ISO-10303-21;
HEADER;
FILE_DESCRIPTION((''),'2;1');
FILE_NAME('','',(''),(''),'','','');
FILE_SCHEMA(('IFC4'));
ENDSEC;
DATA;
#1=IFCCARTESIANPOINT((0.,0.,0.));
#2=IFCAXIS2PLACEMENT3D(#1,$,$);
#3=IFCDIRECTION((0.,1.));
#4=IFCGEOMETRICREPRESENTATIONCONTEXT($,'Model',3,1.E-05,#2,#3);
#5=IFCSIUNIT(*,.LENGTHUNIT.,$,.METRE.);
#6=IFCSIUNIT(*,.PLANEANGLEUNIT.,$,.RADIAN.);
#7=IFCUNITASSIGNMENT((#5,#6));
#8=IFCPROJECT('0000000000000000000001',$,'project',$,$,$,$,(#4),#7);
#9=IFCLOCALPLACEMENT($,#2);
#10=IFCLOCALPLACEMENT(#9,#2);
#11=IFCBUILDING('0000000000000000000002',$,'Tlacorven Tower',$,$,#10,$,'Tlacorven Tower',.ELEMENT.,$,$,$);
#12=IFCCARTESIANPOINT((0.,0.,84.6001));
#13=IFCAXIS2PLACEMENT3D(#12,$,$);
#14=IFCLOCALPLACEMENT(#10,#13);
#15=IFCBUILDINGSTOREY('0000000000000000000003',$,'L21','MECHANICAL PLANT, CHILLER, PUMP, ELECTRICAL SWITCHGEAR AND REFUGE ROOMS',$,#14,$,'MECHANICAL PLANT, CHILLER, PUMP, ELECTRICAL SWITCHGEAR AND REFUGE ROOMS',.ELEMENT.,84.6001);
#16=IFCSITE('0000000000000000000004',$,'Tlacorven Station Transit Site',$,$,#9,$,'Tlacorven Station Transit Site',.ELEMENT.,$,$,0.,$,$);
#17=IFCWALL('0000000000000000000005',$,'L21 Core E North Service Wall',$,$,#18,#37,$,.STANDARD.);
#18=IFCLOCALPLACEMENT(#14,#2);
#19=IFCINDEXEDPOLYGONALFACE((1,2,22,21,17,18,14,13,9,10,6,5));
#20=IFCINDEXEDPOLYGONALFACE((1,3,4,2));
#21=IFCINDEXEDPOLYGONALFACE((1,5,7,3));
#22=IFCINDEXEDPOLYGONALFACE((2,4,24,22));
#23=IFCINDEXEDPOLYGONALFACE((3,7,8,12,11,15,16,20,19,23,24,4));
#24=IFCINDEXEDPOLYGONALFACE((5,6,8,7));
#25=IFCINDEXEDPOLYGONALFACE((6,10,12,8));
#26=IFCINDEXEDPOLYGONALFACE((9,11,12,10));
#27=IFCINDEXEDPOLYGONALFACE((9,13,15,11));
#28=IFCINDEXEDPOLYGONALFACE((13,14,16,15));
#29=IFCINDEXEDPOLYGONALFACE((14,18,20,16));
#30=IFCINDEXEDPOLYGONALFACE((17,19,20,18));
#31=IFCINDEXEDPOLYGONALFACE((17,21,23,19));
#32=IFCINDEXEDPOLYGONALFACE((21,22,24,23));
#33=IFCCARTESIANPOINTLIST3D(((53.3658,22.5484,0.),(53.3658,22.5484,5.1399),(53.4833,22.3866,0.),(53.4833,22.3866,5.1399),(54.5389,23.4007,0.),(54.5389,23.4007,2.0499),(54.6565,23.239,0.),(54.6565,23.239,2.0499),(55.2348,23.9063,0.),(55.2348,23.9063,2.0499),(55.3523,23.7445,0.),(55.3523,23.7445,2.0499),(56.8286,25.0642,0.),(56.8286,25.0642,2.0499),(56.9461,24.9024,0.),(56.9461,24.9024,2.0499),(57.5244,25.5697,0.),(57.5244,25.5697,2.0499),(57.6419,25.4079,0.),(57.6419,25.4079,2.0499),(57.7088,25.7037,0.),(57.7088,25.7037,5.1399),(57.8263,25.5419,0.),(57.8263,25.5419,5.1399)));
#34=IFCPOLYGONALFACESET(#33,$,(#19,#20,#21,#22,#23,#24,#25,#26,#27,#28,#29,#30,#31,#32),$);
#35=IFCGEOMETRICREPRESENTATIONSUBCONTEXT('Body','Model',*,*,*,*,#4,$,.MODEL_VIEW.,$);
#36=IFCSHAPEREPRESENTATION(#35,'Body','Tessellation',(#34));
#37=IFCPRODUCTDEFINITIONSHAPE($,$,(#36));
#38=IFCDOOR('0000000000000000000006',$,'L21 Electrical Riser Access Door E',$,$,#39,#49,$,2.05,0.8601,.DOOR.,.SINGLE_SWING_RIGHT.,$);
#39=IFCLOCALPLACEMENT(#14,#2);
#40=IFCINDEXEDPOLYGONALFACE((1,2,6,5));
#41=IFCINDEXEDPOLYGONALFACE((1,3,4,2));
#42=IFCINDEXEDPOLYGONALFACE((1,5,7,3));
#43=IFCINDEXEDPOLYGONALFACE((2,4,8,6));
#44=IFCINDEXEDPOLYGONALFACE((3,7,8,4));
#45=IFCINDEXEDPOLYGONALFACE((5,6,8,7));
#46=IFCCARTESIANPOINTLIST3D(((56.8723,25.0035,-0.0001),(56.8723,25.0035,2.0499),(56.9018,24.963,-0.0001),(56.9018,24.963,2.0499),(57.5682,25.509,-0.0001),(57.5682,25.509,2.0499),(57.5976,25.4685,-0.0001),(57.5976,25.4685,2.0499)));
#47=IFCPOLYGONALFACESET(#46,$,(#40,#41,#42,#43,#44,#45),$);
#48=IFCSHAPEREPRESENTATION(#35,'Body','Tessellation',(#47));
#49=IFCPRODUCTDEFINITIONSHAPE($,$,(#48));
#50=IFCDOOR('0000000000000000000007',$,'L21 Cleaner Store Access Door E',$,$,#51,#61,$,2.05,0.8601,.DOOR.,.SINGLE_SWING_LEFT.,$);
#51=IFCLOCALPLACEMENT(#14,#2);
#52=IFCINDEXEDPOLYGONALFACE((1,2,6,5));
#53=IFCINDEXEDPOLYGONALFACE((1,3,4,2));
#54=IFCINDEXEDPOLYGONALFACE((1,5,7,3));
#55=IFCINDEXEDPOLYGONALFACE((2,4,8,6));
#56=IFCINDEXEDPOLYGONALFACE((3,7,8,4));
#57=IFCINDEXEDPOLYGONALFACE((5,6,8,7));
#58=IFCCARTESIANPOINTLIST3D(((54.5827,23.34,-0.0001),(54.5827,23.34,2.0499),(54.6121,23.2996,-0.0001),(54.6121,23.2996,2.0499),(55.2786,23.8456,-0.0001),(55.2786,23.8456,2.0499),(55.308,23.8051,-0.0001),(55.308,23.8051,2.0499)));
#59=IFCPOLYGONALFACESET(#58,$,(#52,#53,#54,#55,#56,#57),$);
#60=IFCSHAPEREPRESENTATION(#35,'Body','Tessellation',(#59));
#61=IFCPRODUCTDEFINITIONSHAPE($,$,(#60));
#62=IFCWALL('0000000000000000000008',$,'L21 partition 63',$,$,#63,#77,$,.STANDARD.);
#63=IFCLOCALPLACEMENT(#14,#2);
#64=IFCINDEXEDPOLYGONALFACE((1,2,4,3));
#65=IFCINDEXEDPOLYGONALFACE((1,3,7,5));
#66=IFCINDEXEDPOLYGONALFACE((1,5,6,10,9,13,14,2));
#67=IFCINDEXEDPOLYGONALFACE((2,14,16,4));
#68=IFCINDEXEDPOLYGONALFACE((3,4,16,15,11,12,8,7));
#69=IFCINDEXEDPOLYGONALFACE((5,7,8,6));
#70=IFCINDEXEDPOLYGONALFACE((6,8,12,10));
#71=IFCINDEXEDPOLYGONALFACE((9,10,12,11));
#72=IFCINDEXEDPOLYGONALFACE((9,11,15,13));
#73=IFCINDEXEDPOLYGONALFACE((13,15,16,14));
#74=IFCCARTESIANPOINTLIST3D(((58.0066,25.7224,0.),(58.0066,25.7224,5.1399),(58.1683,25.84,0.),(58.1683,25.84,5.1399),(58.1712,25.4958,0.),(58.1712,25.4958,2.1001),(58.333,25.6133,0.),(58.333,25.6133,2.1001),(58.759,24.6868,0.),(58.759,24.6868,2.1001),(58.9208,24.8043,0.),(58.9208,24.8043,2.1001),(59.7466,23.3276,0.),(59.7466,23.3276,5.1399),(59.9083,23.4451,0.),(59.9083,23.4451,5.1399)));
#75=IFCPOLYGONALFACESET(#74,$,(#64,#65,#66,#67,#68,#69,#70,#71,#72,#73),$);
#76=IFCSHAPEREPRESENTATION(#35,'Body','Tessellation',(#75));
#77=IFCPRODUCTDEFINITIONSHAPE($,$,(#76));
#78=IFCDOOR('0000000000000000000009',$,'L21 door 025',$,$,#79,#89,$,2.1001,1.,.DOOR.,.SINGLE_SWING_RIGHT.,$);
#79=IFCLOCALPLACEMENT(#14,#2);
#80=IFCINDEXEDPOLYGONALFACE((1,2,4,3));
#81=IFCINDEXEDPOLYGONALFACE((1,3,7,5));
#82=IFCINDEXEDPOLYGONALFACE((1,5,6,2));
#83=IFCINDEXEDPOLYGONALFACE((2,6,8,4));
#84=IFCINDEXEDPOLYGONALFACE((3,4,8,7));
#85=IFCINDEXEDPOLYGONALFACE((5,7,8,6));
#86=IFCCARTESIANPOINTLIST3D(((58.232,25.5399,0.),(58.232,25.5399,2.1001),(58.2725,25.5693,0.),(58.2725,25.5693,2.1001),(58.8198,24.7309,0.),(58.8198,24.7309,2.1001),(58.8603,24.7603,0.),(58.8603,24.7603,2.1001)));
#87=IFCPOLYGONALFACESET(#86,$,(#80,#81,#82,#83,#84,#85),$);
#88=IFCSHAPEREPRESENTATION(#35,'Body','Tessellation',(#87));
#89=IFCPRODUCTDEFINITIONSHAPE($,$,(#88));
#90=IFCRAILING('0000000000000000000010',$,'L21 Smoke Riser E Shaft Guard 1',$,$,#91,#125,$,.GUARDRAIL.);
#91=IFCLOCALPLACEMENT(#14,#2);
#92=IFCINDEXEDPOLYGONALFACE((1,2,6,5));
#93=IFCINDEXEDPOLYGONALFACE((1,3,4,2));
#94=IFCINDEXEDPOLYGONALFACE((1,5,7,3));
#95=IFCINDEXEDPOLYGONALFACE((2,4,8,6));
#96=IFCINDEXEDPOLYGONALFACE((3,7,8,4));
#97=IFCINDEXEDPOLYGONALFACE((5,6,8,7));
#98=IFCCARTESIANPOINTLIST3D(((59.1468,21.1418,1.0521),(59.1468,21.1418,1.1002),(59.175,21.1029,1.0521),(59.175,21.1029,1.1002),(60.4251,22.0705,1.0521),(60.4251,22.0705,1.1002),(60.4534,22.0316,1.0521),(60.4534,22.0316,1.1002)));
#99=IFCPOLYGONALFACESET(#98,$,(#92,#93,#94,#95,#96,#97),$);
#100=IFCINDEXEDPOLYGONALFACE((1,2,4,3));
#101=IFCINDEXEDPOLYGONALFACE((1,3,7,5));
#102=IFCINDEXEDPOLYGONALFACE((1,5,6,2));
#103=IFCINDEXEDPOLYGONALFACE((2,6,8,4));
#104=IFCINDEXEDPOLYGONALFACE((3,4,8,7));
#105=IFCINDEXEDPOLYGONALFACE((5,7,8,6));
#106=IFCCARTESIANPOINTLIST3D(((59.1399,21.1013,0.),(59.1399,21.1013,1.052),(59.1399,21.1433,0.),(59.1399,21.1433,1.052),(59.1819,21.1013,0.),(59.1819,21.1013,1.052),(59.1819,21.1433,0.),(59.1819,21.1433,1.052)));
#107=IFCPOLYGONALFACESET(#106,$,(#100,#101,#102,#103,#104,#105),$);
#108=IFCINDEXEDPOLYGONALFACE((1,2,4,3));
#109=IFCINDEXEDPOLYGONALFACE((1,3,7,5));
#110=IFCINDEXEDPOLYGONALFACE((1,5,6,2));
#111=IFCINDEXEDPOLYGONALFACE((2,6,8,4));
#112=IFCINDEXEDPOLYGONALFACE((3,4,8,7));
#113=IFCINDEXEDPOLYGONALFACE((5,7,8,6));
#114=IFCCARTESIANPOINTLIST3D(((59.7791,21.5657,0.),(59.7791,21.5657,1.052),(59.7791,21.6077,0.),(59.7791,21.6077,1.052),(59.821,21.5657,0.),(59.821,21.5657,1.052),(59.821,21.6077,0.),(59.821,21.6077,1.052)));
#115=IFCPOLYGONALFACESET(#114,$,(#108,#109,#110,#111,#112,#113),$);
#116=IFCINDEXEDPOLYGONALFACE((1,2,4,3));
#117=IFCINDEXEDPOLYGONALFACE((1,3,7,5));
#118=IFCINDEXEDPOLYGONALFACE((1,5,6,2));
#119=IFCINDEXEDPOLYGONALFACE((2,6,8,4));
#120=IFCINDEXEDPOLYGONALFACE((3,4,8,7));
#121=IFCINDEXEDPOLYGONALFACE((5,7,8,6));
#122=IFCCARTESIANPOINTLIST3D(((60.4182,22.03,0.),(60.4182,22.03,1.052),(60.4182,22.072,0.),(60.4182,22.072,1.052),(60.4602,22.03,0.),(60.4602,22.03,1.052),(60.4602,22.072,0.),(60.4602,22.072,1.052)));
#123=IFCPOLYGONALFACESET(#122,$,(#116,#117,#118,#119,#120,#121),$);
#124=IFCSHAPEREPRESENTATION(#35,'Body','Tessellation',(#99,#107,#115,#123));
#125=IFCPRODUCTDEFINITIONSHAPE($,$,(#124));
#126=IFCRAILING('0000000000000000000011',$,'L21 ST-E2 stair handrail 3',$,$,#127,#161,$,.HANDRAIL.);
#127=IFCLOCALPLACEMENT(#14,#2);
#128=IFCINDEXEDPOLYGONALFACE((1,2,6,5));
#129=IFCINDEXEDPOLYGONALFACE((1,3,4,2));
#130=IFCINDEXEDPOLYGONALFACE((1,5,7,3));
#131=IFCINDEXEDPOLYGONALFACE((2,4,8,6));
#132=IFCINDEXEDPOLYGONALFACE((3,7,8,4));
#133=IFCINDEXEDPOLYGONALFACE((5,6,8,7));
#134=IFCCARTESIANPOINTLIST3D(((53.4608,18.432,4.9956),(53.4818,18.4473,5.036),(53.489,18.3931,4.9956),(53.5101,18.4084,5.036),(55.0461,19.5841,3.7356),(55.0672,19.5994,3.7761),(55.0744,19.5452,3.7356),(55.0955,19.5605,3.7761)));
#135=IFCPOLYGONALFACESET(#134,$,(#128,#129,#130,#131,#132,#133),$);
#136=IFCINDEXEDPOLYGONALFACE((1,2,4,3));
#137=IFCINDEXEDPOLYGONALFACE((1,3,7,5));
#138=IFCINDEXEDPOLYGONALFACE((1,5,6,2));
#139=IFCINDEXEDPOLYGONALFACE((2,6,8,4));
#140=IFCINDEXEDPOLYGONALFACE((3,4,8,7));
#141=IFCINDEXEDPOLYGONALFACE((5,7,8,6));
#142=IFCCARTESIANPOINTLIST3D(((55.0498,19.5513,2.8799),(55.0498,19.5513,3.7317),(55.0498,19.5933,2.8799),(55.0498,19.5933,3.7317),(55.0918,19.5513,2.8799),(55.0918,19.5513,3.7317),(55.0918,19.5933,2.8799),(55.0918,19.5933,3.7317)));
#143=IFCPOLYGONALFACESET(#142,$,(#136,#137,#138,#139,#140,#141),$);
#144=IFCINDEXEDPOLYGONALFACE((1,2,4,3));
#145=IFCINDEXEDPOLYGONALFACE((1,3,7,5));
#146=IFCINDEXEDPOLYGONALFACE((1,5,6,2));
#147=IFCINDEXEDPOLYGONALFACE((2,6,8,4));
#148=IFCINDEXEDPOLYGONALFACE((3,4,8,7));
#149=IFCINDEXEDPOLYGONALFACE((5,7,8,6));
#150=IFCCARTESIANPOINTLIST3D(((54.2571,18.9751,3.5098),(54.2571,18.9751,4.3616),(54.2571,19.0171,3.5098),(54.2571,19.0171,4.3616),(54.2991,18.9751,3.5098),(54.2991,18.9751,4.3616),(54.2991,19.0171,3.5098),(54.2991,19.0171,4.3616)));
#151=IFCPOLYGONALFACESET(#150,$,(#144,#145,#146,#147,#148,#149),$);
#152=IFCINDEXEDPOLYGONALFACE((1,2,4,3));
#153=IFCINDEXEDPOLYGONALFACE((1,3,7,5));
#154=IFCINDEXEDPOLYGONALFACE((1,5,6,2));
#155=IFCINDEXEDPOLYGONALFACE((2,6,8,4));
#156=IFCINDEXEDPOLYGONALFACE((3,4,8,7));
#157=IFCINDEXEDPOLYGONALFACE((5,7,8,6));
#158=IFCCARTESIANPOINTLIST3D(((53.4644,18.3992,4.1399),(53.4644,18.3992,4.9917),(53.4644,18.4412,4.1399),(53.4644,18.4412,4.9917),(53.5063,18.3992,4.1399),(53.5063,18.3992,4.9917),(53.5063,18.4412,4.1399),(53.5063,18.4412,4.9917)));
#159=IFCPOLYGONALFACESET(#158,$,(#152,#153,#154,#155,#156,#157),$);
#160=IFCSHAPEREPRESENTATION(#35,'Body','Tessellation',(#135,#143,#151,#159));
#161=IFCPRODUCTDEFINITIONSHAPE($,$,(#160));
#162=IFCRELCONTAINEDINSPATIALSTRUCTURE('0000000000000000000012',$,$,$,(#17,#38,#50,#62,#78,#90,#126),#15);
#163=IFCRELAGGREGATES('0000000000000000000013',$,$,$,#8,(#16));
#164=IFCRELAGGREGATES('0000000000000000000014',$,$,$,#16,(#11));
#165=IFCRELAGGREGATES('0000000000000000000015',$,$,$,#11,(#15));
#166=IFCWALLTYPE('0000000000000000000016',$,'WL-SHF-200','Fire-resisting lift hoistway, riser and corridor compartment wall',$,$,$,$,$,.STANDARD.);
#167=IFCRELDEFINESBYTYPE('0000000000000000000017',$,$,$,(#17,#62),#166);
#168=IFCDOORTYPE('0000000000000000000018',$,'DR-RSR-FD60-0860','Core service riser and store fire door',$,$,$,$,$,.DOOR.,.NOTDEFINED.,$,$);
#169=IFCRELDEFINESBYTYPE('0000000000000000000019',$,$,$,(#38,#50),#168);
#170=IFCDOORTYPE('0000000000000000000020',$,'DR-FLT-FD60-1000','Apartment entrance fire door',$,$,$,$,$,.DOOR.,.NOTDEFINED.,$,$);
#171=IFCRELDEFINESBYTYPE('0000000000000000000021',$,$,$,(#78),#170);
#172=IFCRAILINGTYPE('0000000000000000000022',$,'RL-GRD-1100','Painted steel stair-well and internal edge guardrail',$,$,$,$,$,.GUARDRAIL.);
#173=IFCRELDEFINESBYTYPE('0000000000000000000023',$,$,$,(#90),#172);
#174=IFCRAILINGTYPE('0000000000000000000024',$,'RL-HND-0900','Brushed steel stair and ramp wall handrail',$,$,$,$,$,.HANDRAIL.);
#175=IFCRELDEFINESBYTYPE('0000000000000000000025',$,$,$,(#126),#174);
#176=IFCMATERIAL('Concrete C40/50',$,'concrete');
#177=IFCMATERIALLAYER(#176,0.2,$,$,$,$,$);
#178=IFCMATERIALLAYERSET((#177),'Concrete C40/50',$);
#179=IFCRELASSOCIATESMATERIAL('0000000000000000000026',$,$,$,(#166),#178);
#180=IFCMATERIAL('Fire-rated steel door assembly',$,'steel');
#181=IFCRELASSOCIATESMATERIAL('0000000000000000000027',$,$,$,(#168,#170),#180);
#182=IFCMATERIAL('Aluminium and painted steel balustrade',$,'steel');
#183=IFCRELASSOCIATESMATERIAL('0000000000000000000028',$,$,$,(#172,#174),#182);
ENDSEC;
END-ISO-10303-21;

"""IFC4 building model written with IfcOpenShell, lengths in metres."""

from ifc_helpers import new_model, si_unit, direction, frame, frame_2d, origin, origin_2d, place, context, subcontext, project, spatial, rectangle, extrude, source, transform, mapped, material, layer, layer_set, type_object, element, fill, save


model = new_model("IFC4")

# Units and contexts
model_context = context("Model", 3, precision=1e-05, world=origin(), true_north=direction((0.0, 1.0)))
body_context = subcontext(model_context, "Body", "Model", "MODEL_VIEW")
ifc_project = project(units=[si_unit("LENGTHUNIT", "METRE"), si_unit("PLANEANGLEUNIT", "RADIAN")], contexts=[model_context])

# Site, building, storey
site_placement = place(None, origin())
site = spatial("IfcSite", under=ifc_project, at=site_placement, Name="Tlacorven Station Transit Site", LongName="Tlacorven Station Transit Site", CompositionType="ELEMENT", RefElevation=0.0)
building_placement = place(site_placement, origin())
building = spatial("IfcBuilding", under=site, at=building_placement, Name="Tlacorven Tower", LongName="Tlacorven Tower", CompositionType="ELEMENT")
storey_placement = place(building_placement, frame((0.0, 0.0, 84.6001)))
storey = spatial("IfcBuildingStorey", under=building, at=storey_placement, Name="L21", Description="MECHANICAL PLANT, CHILLER, PUMP, ELECTRICAL SWITCHGEAR AND REFUGE ROOMS", LongName="MECHANICAL PLANT, CHILLER, PUMP, ELECTRICAL SWITCHGEAR AND REFUGE ROOMS", CompositionType="ELEMENT", Elevation=84.6001)

# Shared definitions
ifc_material_1 = material(Name="Concrete C40/50", Category="concrete")
ifc_layer_1 = layer(ifc_material_1, 0.2)
ifc_layer_set_1 = layer_set([ifc_layer_1], Name="Concrete C40/50")
wall_type_1 = type_object("IfcWallType", Name="WL-SHF-200", Description="Fire-resisting lift hoistway, riser and corridor compartment wall", PredefinedType="STANDARD", material=ifc_layer_set_1)
ifc_material_2 = material(Name="Fire-rated steel door assembly", Category="steel")
door_type_1 = type_object("IfcDoorType", Name="DR-RSR-FD60-0860", Description="Core service riser and store fire door", OperationType="NOTDEFINED", PredefinedType="DOOR", material=ifc_material_2)
shared_shape_1 = source(origin(), body_context, "Body", "SweptSolid", [
    extrude(rectangle(XDim=0.8601, YDim=2.05, at=frame_2d((0.4302, 1.0249))), frame((0.0, 0.0249, 0.0), z_axis=(0.0, -1.0, 0.0), x_axis=(1.0, 0.0, 0.0)), (0.0, 0.0, 1.0), 0.05),
])

# Wall, openings, doors
wall_1_placement = place(storey_placement, frame((53.4246, 22.4675, 0.0), z_axis=(0.0, 0.0, 1.0), x_axis=(0.809027, 0.587771, 0.0)))
wall_1 = element("IfcWall", 1, at=wall_1_placement, inside=storey, type_object=wall_type_1, Name="L21 Core E North Service Wall", PredefinedType="STANDARD", context=body_context, shape_type="SweptSolid", body=[
    extrude(rectangle(XDim=5.3682, YDim=0.2, at=frame_2d((2.6841, 0.0))), origin(), (0.0, 0.0, 1.0), 5.1399),
])
opening_1_placement = place(wall_1_placement, frame((4.28, 0.0, 0.0)))
opening_1 = element("IfcOpeningElement", 2, at=opening_1_placement, cuts=wall_1, PredefinedType="OPENING", context=body_context, shape_type="SweptSolid", body=[
    extrude(rectangle(XDim=0.8601, YDim=2.05, at=frame_2d((0.4302, 1.0249))), frame((0.0, 0.1099, 0.0), z_axis=(0.0, -1.0, 0.0), x_axis=(1.0, 0.0, 0.0)), (0.0, 0.0, 1.0), 0.22),
])
opening_2_placement = place(wall_1_placement, frame((1.45, 0.0, 0.0)))
opening_2 = element("IfcOpeningElement", 3, at=opening_2_placement, cuts=wall_1, PredefinedType="OPENING", context=body_context, shape_type="SweptSolid", body=[
    extrude(rectangle(XDim=0.8601, YDim=2.05, at=frame_2d((0.4302, 1.0249))), frame((0.0, 0.1099, 0.0), z_axis=(0.0, -1.0, 0.0), x_axis=(1.0, 0.0, 0.0)), (0.0, 0.0, 1.0), 0.22),
])
door_1_placement = place(opening_1_placement, frame((0.8601, 0.0, 0.0), z_axis=(0.0, 0.0, 1.0), x_axis=(-1.0, 0.0, 0.0)))
door_1 = element("IfcDoor", 4, at=door_1_placement, inside=storey, type_object=door_type_1, Name="L21 Electrical Riser Access Door E", OperationType="SINGLE_SWING_RIGHT", OverallHeight=2.05, OverallWidth=0.8601, PredefinedType="DOOR", context=body_context, shape_type="MappedRepresentation", body=[
    mapped(shared_shape_1, transform((0.0, 0.0, 0.0), scale=1.0)),
])
fill(opening_1, door_1)
door_2_placement = place(opening_2_placement, frame((0.8601, 0.0, 0.0), z_axis=(0.0, 0.0, 1.0), x_axis=(-1.0, 0.0, 0.0)))
door_2 = element("IfcDoor", 5, at=door_2_placement, inside=storey, type_object=door_type_1, Name="L21 Cleaner Store Access Door E", OperationType="SINGLE_SWING_LEFT", OverallHeight=2.05, OverallWidth=0.8601, PredefinedType="DOOR", context=body_context, shape_type="MappedRepresentation", body=[
    mapped(shared_shape_1, transform((0.0, 0.0, 0.0), scale=1.0)),
])
fill(opening_2, door_2)

# Wall, opening, door
wall_2_placement = place(storey_placement, frame((59.8274, 23.3865, 0.0), z_axis=(0.0, 0.0, 1.0), x_axis=(-0.587804, 0.809003, 0.0)))
wall_2 = element("IfcWall", 6, at=wall_2_placement, inside=storey, type_object=wall_type_1, Name="L21 partition 63", PredefinedType="STANDARD", context=body_context, shape_type="SweptSolid", body=[
    extrude(rectangle(XDim=2.9602, YDim=0.2, at=frame_2d((1.48, 0.0))), origin(), (0.0, 0.0, 1.0), 5.1399),
])
opening_3_placement = place(wall_2_placement, frame((1.6799, 0.0, 0.0)))
opening_3 = element("IfcOpeningElement", 7, at=opening_3_placement, cuts=wall_2, PredefinedType="OPENING", context=body_context, shape_type="SweptSolid", body=[
    extrude(rectangle(XDim=1.0, YDim=2.1001, at=frame_2d((0.5, 1.05))), frame((0.0, 0.1099, 0.0), z_axis=(0.0, -1.0, 0.0), x_axis=(1.0, 0.0, 0.0)), (0.0, 0.0, 1.0), 0.22),
])
door_type_2 = type_object("IfcDoorType", Name="DR-FLT-FD60-1000", Description="Apartment entrance fire door", OperationType="NOTDEFINED", PredefinedType="DOOR", material=ifc_material_2)
shared_shape_2 = source(origin(), body_context, "Body", "SweptSolid", [
    extrude(rectangle(XDim=1.0, YDim=2.1001, at=frame_2d((0.5, 1.05))), frame((0.0, 0.0249, 0.0), z_axis=(0.0, -1.0, 0.0), x_axis=(1.0, 0.0, 0.0)), (0.0, 0.0, 1.0), 0.05),
])
door_3_placement = place(opening_3_placement, origin())
door_3 = element("IfcDoor", 8, at=door_3_placement, inside=storey, type_object=door_type_2, Name="L21 door 025", OperationType="SINGLE_SWING_RIGHT", OverallHeight=2.1001, OverallWidth=1.0, PredefinedType="DOOR", context=body_context, shape_type="MappedRepresentation", body=[
    mapped(shared_shape_2, transform((0.0, 0.0, 0.0), scale=1.0)),
])
fill(opening_3, door_3)

# Railings
ifc_material_3 = material(Name="Aluminium and painted steel balustrade", Category="steel")
railing_type_1 = type_object("IfcRailingType", Name="RL-GRD-1100", Description="Painted steel stair-well and internal edge guardrail", PredefinedType="GUARDRAIL", material=ifc_material_3)
shared_shape_3 = source(origin(), body_context, "Body", "SweptSolid", [
    extrude(rectangle(XDim=0.0481, YDim=0.0481, at=origin_2d()), frame((0.0, 0.0, 1.0762), z_axis=(0.80903, 0.587767, 0.0), x_axis=(-0.587767, 0.80903, 0.0)), (0.0, 0.0, 1.0), 1.5801),
    extrude(rectangle(XDim=0.042, YDim=0.042, at=origin_2d()), origin(), (0.0, 0.0, 1.0), 1.052),
    extrude(rectangle(XDim=0.042, YDim=0.042, at=origin_2d()), frame((0.6392, 0.4644, 0.0)), (0.0, 0.0, 1.0), 1.052),
    extrude(rectangle(XDim=0.042, YDim=0.042, at=origin_2d()), frame((1.2783, 0.9287, 0.0)), (0.0, 0.0, 1.0), 1.052),
])
railing_1_placement = place(storey_placement, frame((59.1609, 21.1223, 0.0)))
element("IfcRailing", 9, at=railing_1_placement, inside=storey, type_object=railing_type_1, Name="L21 Smoke Riser E Shaft Guard 1", PredefinedType="GUARDRAIL", context=body_context, shape_type="MappedRepresentation", body=[
    mapped(shared_shape_3, transform((0.0, 0.0, 0.0), scale=1.0)),
])
railing_type_2 = type_object("IfcRailingType", Name="RL-HND-0900", Description="Brushed steel stair and ramp wall handrail", PredefinedType="HANDRAIL", material=ifc_material_3)
shared_shape_4 = source(origin(), body_context, "Body", "SweptSolid", [
    extrude(rectangle(XDim=0.0481, YDim=0.0481, at=origin_2d()), frame((0.0, 0.0, 0.876), z_axis=(-0.680469, -0.494477, 0.540791), x_axis=(0.587853, -0.808968, 0.0)), (0.0, 0.0, 1.0), 2.3298),
    extrude(rectangle(XDim=0.042, YDim=0.042, at=origin_2d()), origin(), (0.0, 0.0, 1.0), 0.8518),
    extrude(rectangle(XDim=0.042, YDim=0.042, at=origin_2d()), frame((-0.7927, -0.5762, 0.6299)), (0.0, 0.0, 1.0), 0.8518),
    extrude(rectangle(XDim=0.042, YDim=0.042, at=origin_2d()), frame((-1.5854, -1.1521, 1.26)), (0.0, 0.0, 1.0), 0.8518),
])
railing_2_placement = place(storey_placement, frame((55.0708, 19.5723, 2.8799)))
element("IfcRailing", 10, at=railing_2_placement, inside=storey, type_object=railing_type_2, Name="L21 ST-E2 stair handrail 3", PredefinedType="HANDRAIL", context=body_context, shape_type="MappedRepresentation", body=[
    mapped(shared_shape_4, transform((0.0, 0.0, 0.0), scale=1.0)),
])

save(model, "model.ifc")
